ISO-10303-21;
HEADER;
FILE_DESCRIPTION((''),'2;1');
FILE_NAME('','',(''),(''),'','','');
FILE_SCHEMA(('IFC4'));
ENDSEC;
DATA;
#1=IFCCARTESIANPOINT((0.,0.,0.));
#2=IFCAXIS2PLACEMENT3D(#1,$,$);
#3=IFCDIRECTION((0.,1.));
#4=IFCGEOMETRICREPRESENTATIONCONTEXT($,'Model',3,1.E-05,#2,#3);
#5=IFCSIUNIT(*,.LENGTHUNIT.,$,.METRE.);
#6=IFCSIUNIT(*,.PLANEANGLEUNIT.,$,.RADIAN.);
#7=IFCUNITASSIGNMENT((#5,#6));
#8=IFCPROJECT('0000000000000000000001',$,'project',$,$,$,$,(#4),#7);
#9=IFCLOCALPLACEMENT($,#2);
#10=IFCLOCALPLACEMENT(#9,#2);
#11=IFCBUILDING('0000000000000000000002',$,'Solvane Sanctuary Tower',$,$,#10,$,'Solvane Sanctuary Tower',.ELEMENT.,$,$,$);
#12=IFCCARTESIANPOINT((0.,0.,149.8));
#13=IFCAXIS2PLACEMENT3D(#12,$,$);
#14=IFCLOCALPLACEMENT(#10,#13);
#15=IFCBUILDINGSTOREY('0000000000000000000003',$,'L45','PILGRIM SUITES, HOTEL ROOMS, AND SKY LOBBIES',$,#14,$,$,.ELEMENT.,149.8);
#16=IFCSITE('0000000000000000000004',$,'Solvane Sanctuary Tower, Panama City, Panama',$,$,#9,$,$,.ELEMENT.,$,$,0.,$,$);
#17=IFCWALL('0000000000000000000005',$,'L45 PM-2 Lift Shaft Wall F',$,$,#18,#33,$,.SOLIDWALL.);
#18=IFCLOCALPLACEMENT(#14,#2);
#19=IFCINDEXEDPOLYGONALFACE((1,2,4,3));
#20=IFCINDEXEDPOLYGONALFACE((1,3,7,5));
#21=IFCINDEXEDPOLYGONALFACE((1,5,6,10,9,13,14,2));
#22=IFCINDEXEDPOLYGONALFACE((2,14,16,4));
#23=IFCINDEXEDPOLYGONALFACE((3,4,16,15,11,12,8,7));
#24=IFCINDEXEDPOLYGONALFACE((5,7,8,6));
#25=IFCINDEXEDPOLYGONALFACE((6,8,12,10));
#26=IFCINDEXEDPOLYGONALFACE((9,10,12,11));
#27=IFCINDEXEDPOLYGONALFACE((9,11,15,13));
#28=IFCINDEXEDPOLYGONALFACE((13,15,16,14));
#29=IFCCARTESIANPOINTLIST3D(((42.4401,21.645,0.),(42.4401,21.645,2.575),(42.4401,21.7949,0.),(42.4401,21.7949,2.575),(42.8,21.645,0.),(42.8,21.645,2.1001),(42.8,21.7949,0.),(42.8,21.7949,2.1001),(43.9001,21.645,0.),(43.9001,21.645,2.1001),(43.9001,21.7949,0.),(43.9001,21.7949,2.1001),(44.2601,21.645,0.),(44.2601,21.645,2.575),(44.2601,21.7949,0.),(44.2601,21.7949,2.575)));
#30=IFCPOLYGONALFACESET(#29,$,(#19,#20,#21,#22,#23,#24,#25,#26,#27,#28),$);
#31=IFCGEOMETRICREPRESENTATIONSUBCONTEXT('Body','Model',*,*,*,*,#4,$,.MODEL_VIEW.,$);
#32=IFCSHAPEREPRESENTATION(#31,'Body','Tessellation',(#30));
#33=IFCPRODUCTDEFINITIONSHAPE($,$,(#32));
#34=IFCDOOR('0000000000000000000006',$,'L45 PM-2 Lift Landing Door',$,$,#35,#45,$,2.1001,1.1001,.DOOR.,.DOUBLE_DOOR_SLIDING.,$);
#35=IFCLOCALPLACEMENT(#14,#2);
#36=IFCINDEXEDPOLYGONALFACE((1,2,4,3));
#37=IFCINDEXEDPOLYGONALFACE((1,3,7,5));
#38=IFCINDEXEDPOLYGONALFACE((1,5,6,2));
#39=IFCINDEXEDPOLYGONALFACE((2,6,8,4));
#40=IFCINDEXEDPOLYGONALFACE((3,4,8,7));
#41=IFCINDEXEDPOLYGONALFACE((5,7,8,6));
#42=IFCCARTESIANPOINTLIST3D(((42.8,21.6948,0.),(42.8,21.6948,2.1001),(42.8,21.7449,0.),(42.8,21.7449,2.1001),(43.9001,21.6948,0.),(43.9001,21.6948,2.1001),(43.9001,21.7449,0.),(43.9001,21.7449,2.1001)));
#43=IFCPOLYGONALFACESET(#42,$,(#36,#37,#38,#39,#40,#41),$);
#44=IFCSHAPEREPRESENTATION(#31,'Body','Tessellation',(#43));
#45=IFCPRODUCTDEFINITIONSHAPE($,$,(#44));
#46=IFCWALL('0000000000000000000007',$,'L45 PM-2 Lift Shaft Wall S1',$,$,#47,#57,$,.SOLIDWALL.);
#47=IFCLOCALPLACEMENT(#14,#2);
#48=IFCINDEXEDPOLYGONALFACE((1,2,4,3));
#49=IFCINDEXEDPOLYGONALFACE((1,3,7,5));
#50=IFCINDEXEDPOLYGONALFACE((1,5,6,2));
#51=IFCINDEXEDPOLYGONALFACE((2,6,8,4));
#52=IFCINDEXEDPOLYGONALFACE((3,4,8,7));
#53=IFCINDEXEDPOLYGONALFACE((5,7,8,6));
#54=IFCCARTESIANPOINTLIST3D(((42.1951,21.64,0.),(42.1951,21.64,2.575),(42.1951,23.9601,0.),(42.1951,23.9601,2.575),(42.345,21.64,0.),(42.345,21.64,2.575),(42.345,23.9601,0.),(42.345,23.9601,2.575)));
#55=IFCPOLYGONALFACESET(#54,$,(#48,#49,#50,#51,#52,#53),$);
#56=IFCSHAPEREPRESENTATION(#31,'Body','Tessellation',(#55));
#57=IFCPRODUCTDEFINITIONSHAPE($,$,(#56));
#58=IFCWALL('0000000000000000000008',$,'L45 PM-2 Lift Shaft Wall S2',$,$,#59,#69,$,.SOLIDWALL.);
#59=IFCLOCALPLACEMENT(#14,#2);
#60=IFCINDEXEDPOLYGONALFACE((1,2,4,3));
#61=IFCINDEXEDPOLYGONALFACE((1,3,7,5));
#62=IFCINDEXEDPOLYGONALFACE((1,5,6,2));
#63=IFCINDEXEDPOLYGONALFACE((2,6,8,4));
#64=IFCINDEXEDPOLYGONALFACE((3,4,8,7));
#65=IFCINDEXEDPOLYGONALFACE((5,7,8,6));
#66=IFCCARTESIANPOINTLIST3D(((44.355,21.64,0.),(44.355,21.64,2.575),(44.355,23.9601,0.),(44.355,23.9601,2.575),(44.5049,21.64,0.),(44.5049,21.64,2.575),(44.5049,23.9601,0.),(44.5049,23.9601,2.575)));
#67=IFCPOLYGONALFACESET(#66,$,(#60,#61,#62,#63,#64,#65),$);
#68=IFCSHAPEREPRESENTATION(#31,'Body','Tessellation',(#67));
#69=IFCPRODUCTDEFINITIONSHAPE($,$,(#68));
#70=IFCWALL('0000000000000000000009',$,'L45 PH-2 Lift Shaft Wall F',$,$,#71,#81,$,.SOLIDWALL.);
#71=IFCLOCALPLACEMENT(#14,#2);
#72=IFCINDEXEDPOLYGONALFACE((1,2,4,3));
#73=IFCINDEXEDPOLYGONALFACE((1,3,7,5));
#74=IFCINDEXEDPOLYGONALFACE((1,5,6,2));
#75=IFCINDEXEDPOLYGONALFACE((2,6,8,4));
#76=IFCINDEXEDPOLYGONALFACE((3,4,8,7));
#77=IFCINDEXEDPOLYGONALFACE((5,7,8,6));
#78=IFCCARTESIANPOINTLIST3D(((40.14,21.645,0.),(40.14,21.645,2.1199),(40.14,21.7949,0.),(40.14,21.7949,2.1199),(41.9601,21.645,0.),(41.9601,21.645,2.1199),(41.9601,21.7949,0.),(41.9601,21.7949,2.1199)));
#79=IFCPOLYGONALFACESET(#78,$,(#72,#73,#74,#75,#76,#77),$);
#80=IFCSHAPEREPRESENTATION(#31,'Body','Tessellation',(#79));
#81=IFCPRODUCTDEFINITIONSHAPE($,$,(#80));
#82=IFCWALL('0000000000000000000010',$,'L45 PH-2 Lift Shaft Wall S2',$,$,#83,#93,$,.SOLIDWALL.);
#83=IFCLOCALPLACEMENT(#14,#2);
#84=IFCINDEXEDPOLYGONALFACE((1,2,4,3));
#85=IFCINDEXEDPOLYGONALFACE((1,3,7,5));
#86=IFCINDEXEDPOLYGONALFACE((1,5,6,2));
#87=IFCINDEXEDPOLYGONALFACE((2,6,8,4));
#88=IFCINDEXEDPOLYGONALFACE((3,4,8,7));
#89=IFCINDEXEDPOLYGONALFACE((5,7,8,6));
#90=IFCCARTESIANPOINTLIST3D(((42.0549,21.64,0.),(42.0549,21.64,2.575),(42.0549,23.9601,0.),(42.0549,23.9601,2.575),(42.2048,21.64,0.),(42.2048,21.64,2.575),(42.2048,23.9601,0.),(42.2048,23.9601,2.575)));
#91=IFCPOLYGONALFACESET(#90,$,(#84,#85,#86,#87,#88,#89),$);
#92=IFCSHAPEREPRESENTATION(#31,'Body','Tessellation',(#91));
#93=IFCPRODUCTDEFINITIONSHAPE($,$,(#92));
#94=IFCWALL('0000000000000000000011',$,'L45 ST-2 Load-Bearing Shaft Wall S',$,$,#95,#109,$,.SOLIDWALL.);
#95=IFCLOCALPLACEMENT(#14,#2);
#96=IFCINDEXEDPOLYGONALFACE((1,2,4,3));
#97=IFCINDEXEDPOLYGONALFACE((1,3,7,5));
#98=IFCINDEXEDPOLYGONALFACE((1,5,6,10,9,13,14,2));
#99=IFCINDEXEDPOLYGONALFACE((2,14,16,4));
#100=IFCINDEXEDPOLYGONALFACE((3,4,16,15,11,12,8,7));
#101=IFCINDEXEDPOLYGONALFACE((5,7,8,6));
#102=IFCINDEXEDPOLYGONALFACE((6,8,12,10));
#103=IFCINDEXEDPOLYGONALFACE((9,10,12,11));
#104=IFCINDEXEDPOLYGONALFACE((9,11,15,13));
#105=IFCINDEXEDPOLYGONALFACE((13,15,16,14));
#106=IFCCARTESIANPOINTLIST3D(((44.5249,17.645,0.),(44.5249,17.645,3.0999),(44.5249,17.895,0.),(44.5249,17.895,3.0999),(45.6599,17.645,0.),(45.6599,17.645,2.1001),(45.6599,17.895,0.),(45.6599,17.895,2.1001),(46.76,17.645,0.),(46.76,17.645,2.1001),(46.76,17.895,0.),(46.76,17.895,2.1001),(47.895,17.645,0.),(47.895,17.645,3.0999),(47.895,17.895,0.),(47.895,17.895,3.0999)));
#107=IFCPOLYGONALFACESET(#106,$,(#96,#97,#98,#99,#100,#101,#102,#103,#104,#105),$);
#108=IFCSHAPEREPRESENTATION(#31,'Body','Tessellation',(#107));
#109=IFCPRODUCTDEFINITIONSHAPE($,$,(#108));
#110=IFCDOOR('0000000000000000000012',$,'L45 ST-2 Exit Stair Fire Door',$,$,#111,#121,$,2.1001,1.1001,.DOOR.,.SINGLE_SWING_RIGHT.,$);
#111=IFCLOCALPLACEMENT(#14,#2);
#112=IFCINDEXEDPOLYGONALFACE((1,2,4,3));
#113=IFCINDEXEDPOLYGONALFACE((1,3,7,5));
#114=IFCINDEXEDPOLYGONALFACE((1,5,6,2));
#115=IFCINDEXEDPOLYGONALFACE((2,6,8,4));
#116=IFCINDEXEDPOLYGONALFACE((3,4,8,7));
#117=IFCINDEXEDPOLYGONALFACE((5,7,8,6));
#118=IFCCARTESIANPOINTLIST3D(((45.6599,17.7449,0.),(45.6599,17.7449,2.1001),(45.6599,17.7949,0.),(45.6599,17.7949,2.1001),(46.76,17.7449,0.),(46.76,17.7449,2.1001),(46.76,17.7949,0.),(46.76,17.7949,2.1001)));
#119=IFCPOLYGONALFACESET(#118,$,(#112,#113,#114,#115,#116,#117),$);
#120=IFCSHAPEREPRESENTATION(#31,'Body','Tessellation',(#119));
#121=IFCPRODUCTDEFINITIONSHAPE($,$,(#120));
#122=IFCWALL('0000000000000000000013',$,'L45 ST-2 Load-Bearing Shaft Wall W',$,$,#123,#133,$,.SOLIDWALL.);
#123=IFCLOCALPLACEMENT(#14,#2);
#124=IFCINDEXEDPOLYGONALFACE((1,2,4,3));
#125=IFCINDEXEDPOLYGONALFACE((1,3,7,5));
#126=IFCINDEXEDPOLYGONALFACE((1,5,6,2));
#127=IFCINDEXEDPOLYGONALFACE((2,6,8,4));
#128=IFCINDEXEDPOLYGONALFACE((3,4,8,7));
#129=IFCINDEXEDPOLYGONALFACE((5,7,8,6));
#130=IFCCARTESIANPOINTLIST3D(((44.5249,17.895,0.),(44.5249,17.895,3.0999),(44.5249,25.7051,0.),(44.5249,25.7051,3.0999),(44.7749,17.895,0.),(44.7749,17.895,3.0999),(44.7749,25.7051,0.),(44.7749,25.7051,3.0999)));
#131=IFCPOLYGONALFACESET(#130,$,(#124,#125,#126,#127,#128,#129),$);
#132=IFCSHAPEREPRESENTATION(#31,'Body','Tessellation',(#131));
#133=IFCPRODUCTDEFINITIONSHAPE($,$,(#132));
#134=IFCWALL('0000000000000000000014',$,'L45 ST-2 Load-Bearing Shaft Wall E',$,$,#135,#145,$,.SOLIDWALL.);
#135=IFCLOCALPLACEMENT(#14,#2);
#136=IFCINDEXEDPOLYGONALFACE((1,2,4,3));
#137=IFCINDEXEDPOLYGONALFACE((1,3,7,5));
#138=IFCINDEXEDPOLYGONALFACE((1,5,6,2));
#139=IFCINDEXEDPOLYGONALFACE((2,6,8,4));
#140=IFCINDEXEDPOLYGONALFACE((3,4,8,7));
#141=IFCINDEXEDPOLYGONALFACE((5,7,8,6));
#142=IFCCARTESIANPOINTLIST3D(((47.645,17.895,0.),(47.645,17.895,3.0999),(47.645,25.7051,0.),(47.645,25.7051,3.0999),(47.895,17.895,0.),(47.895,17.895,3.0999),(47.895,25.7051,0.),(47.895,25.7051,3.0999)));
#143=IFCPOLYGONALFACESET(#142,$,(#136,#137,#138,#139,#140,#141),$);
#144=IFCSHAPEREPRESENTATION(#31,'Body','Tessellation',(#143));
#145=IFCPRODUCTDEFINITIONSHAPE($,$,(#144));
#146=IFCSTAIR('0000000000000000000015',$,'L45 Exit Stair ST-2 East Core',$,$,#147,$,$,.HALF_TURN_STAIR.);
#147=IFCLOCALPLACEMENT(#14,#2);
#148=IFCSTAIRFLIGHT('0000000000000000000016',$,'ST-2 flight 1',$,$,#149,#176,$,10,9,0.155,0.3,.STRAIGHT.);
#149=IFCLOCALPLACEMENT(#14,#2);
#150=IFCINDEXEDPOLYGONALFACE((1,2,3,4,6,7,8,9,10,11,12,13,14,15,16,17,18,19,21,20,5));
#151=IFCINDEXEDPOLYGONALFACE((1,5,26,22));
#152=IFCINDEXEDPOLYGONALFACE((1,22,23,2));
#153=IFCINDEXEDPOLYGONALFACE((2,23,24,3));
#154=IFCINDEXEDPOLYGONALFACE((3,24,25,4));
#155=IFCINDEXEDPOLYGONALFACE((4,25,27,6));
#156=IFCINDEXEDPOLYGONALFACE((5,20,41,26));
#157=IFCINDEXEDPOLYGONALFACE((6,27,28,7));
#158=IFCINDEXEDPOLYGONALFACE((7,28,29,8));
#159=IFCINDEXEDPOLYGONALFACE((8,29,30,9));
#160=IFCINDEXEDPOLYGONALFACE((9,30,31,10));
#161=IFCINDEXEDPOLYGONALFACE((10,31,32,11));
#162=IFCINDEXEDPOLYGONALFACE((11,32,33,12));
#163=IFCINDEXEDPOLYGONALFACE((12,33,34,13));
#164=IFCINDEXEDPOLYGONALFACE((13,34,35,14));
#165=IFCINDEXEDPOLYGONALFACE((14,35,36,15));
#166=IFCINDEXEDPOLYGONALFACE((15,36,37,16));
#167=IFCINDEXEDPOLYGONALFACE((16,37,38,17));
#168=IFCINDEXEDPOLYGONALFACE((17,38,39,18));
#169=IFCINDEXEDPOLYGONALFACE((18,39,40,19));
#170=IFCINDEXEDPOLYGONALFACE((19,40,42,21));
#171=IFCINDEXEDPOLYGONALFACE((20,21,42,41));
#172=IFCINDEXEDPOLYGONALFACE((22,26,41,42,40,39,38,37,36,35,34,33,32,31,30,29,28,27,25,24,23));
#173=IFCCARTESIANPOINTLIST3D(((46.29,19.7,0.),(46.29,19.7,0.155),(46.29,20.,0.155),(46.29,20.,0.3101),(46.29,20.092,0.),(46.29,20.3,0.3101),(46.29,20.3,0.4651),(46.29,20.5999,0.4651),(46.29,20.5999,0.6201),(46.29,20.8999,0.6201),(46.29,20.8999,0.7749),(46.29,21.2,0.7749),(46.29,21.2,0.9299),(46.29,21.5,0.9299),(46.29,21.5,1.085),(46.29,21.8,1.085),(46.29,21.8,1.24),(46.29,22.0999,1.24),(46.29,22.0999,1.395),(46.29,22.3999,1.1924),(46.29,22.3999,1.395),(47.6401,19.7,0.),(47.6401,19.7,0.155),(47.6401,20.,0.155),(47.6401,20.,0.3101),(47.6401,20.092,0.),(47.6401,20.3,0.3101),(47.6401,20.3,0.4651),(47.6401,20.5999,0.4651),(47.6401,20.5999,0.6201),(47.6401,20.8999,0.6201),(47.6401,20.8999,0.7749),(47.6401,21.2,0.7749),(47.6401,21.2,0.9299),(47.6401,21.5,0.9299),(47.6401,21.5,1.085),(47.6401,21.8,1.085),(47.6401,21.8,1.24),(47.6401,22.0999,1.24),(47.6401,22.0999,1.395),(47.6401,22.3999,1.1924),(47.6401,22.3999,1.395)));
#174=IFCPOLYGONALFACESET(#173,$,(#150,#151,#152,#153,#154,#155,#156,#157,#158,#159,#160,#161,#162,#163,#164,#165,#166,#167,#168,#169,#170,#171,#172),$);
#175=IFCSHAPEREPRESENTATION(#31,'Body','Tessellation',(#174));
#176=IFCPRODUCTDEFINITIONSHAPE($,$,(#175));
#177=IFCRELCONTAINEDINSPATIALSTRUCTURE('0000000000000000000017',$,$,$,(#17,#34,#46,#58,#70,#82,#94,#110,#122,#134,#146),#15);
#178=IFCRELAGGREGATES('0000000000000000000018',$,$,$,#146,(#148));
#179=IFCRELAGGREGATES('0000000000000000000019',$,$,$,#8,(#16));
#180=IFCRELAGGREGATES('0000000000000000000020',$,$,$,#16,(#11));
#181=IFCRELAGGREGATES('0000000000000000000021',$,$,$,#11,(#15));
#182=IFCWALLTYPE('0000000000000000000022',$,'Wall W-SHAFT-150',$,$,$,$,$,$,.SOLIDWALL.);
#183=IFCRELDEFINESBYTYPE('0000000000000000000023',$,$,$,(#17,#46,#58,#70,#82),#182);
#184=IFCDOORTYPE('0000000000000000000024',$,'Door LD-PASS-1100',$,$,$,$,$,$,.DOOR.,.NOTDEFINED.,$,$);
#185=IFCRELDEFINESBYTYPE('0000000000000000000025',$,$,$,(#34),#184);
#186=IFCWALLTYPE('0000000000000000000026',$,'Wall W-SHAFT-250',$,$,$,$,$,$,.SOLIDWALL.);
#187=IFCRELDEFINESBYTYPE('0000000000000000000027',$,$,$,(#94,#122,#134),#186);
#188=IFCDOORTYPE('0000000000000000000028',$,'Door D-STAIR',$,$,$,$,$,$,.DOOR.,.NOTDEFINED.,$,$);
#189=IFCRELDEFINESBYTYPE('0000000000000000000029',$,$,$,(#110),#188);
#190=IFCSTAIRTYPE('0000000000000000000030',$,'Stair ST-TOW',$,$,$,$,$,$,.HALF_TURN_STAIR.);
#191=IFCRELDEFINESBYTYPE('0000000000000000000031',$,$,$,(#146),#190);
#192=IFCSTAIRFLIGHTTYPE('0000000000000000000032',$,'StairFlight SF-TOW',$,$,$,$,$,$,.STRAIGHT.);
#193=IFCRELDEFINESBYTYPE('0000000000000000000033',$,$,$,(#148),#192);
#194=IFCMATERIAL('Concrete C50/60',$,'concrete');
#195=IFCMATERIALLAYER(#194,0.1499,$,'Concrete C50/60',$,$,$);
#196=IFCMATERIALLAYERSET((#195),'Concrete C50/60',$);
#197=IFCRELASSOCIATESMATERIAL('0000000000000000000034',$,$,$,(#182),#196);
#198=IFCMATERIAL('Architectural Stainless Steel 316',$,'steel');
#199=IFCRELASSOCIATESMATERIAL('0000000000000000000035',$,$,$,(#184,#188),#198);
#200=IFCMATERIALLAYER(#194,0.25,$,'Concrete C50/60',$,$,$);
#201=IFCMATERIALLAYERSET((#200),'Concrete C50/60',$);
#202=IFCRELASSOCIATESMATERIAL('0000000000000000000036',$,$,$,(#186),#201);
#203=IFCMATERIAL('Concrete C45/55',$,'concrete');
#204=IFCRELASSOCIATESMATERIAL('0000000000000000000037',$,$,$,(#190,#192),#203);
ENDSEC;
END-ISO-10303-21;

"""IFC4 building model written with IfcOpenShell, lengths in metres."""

from ifc_helpers import new_model, si_unit, direction, frame, frame_2d, origin, place, context, subcontext, project, spatial, polyline, rectangle, outline, extrude, material, layer, layer_set, type_object, element, fill, aggregate, save


model = new_model("IFC4")

# Units and contexts
model_context = context("Model", 3, precision=1e-05, world=origin(), true_north=direction((0.0, 1.0)))
body_context = subcontext(model_context, "Body", "Model", "MODEL_VIEW")
ifc_project = project(units=[si_unit("LENGTHUNIT", "METRE"), si_unit("PLANEANGLEUNIT", "RADIAN")], contexts=[model_context])

# Site, building, storey
site_placement = place(None, origin())
site = spatial("IfcSite", under=ifc_project, at=site_placement, Name="Solvane Sanctuary Tower, Panama City, Panama", CompositionType="ELEMENT", RefElevation=0.0)
building_placement = place(site_placement, origin())
building = spatial("IfcBuilding", under=site, at=building_placement, Name="Solvane Sanctuary Tower", LongName="Solvane Sanctuary Tower", CompositionType="ELEMENT")
storey_placement = place(building_placement, frame((0.0, 0.0, 149.8)))
storey = spatial("IfcBuildingStorey", under=building, at=storey_placement, Name="L45", Description="PILGRIM SUITES, HOTEL ROOMS, AND SKY LOBBIES", CompositionType="ELEMENT", Elevation=149.8)

# Wall, opening, door
ifc_material_1 = material(Name="Architectural Stainless Steel 316", Category="steel")
ifc_material_2 = material(Name="Concrete C50/60", Category="concrete")
ifc_layer_1 = layer(ifc_material_2, 0.1499, Name="Concrete C50/60")
ifc_layer_set_1 = layer_set([ifc_layer_1], Name="Concrete C50/60")
wall_type_1 = type_object("IfcWallType", Name="Wall W-SHAFT-150", PredefinedType="SOLIDWALL", material=ifc_layer_set_1)
wall_1_placement = place(storey_placement, frame((42.4399, 21.72, 0.0), z_axis=(0.0, 0.0, 1.0), x_axis=(1.0, 0.0, 0.0)))
wall_1 = element("IfcWall", 1, at=wall_1_placement, inside=storey, type_object=wall_type_1, Name="L45 PM-2 Lift Shaft Wall F", PredefinedType="SOLIDWALL", context=body_context, shape_type="SweptSolid", body=[
    extrude(rectangle(XDim=1.8201, YDim=0.1499, at=frame_2d((0.9102, 0.0))), origin(), (0.0, 0.0, 1.0), 2.575),
])
opening_1_placement = place(wall_1_placement, frame((0.3601, 0.0, 0.0)))
opening_1 = element("IfcOpeningElement", 2, at=opening_1_placement, cuts=wall_1, PredefinedType="OPENING", context=body_context, shape_type="SweptSolid", body=[
    extrude(rectangle(XDim=1.1001, YDim=2.1001, at=frame_2d((0.55, 1.05))), frame((0.0, 0.085, 0.0), z_axis=(0.0, -1.0, 0.0), x_axis=(1.0, 0.0, 0.0)), (0.0, 0.0, 1.0), 0.1699),
])
door_type_1 = type_object("IfcDoorType", Name="Door LD-PASS-1100", OperationType="NOTDEFINED", PredefinedType="DOOR", material=ifc_material_1)
door_1_placement = place(opening_1_placement, origin())
door_1 = element("IfcDoor", 3, at=door_1_placement, inside=storey, type_object=door_type_1, Name="L45 PM-2 Lift Landing Door", OperationType="DOUBLE_DOOR_SLIDING", OverallHeight=2.1001, OverallWidth=1.1001, PredefinedType="DOOR", context=body_context, shape_type="SweptSolid", body=[
    extrude(rectangle(XDim=1.1001, YDim=2.1001, at=frame_2d((0.55, 1.05))), frame((0.0, 0.0249, 0.0), z_axis=(0.0, -1.0, 0.0), x_axis=(1.0, 0.0, 0.0)), (0.0, 0.0, 1.0), 0.05),
])
fill(opening_1, door_1)

# Walls
for number, where, z_axis, x_axis, name in (
    (4, (42.27, 21.6399, 0.0), (0.0, 0.0, 1.0), (0.0, 1.0, 0.0), "L45 PM-2 Lift Shaft Wall S1"),
    (5, (44.4299, 21.6399, 0.0), (0.0, 0.0, 1.0), (0.0, 1.0, 0.0), "L45 PM-2 Lift Shaft Wall S2"),
):
    element("IfcWall", number, at=place(storey_placement, frame(where, z_axis=z_axis, x_axis=x_axis)), inside=storey, type_object=wall_type_1, Name=name, PredefinedType="SOLIDWALL", context=body_context, shape_type="SweptSolid", body=[
        extrude(rectangle(XDim=2.3201, YDim=0.1499, at=frame_2d((1.1602, 0.0))), origin(), (0.0, 0.0, 1.0), 2.575),
    ])
wall_2_placement = place(storey_placement, frame((40.1399, 21.72, 0.0), z_axis=(0.0, 0.0, 1.0), x_axis=(1.0, 0.0, 0.0)))
element("IfcWall", 6, at=wall_2_placement, inside=storey, type_object=wall_type_1, Name="L45 PH-2 Lift Shaft Wall F", PredefinedType="SOLIDWALL", context=body_context, shape_type="SweptSolid", body=[
    extrude(rectangle(XDim=1.8201, YDim=0.1499, at=frame_2d((0.9102, 0.0))), origin(), (0.0, 0.0, 1.0), 2.1199),
])
wall_3_placement = place(storey_placement, frame((42.1299, 21.6399, 0.0), z_axis=(0.0, 0.0, 1.0), x_axis=(0.0, 1.0, 0.0)))
element("IfcWall", 7, at=wall_3_placement, inside=storey, type_object=wall_type_1, Name="L45 PH-2 Lift Shaft Wall S2", PredefinedType="SOLIDWALL", context=body_context, shape_type="SweptSolid", body=[
    extrude(rectangle(XDim=2.3201, YDim=0.1499, at=frame_2d((1.1602, 0.0))), origin(), (0.0, 0.0, 1.0), 2.575),
])

# Wall, opening, door
ifc_layer_2 = layer(ifc_material_2, 0.25, Name="Concrete C50/60")
ifc_layer_set_2 = layer_set([ifc_layer_2], Name="Concrete C50/60")
wall_type_2 = type_object("IfcWallType", Name="Wall W-SHAFT-250", PredefinedType="SOLIDWALL", material=ifc_layer_set_2)
wall_4_placement = place(storey_placement, frame((44.5249, 17.77, 0.0), z_axis=(0.0, 0.0, 1.0), x_axis=(1.0, 0.0, 0.0)))
wall_4 = element("IfcWall", 8, at=wall_4_placement, inside=storey, type_object=wall_type_2, Name="L45 ST-2 Load-Bearing Shaft Wall S", PredefinedType="SOLIDWALL", context=body_context, shape_type="SweptSolid", body=[
    extrude(rectangle(XDim=3.3701, YDim=0.25, at=frame_2d((1.6851, 0.0))), origin(), (0.0, 0.0, 1.0), 3.0999),
])
opening_2_placement = place(wall_4_placement, frame((1.135, 0.0, 0.0)))
opening_2 = element("IfcOpeningElement", 9, at=opening_2_placement, cuts=wall_4, PredefinedType="OPENING", context=body_context, shape_type="SweptSolid", body=[
    extrude(rectangle(XDim=1.1001, YDim=2.1001, at=frame_2d((0.55, 1.05))), frame((0.0, 0.135, 0.0), z_axis=(0.0, -1.0, 0.0), x_axis=(1.0, 0.0, 0.0)), (0.0, 0.0, 1.0), 0.27),
])
door_type_2 = type_object("IfcDoorType", Name="Door D-STAIR", OperationType="NOTDEFINED", PredefinedType="DOOR", material=ifc_material_1)
door_2_placement = place(opening_2_placement, origin())
door_2 = element("IfcDoor", 10, at=door_2_placement, inside=storey, type_object=door_type_2, Name="L45 ST-2 Exit Stair Fire Door", OperationType="SINGLE_SWING_RIGHT", OverallHeight=2.1001, OverallWidth=1.1001, PredefinedType="DOOR", context=body_context, shape_type="SweptSolid", body=[
    extrude(rectangle(XDim=1.1001, YDim=2.1001, at=frame_2d((0.55, 1.05))), frame((0.0, 0.0249, 0.0), z_axis=(0.0, -1.0, 0.0), x_axis=(1.0, 0.0, 0.0)), (0.0, 0.0, 1.0), 0.05),
])
fill(opening_2, door_2)

# Walls
for number, where, z_axis, x_axis, name in (
    (11, (44.6499, 17.895, 0.0), (0.0, 0.0, 1.0), (0.0, 1.0, 0.0), "L45 ST-2 Load-Bearing Shaft Wall W"),
    (12, (47.77, 17.895, 0.0), (0.0, 0.0, 1.0), (0.0, 1.0, 0.0), "L45 ST-2 Load-Bearing Shaft Wall E"),
):
    element("IfcWall", number, at=place(storey_placement, frame(where, z_axis=z_axis, x_axis=x_axis)), inside=storey, type_object=wall_type_2, Name=name, PredefinedType="SOLIDWALL", context=body_context, shape_type="SweptSolid", body=[
        extrude(rectangle(XDim=7.8101, YDim=0.25, at=frame_2d((3.905, 0.0))), origin(), (0.0, 0.0, 1.0), 3.0999),
    ])

# Stair, stair flight
ifc_material_3 = material(Name="Concrete C45/55", Category="concrete")
stair_type = type_object("IfcStairType", Name="Stair ST-TOW", PredefinedType="HALF_TURN_STAIR", material=ifc_material_3)
stair_placement = place(storey_placement, origin())
stair = element("IfcStair", 13, at=stair_placement, inside=storey, type_object=stair_type, Name="L45 Exit Stair ST-2 East Core", PredefinedType="HALF_TURN_STAIR")
stair_flight_type = type_object("IfcStairFlightType", Name="StairFlight SF-TOW", PredefinedType="STRAIGHT", material=ifc_material_3)
stair_flight_placement = place(storey_placement, frame((46.9651, 19.7, 0.0), z_axis=(0.0, 0.0, 1.0), x_axis=(0.0, 1.0, 0.0)))
stair_flight = element("IfcStairFlight", 14, at=stair_flight_placement, type_object=stair_flight_type, Name="ST-2 flight 1", NumberOfRisers=10, NumberOfTreads=9, PredefinedType="STRAIGHT", RiserHeight=0.155, TreadLength=0.3, context=body_context, shape_type="SweptSolid", body=[
    extrude(outline(polyline([(0.0, 0.0), (0.0, 0.155), (0.3, 0.155), (0.3, 0.3101), (0.6001, 0.3101), (0.6001, 0.4651), (0.8999, 0.4651), (0.8999, 0.6201), (1.2, 0.6201), (1.2, 0.7749), (1.5, 0.7749), (1.5, 0.9299), (1.8, 0.9299), (1.8, 1.085), (2.1001, 1.085), (2.1001, 1.24), (2.3999, 1.24), (2.3999, 1.395), (2.7, 1.395), (2.7, 1.55), (2.7, 1.1924), (0.3921, 0.0), (0.0, 0.0)])), frame((0.0, 0.675, 0.0), z_axis=(0.0, -1.0, 0.0), x_axis=(1.0, 0.0, 0.0)), (0.0, 0.0, 1.0), 1.3501),
])
aggregate(stair, [stair_flight])

save(model, "model.ifc")
